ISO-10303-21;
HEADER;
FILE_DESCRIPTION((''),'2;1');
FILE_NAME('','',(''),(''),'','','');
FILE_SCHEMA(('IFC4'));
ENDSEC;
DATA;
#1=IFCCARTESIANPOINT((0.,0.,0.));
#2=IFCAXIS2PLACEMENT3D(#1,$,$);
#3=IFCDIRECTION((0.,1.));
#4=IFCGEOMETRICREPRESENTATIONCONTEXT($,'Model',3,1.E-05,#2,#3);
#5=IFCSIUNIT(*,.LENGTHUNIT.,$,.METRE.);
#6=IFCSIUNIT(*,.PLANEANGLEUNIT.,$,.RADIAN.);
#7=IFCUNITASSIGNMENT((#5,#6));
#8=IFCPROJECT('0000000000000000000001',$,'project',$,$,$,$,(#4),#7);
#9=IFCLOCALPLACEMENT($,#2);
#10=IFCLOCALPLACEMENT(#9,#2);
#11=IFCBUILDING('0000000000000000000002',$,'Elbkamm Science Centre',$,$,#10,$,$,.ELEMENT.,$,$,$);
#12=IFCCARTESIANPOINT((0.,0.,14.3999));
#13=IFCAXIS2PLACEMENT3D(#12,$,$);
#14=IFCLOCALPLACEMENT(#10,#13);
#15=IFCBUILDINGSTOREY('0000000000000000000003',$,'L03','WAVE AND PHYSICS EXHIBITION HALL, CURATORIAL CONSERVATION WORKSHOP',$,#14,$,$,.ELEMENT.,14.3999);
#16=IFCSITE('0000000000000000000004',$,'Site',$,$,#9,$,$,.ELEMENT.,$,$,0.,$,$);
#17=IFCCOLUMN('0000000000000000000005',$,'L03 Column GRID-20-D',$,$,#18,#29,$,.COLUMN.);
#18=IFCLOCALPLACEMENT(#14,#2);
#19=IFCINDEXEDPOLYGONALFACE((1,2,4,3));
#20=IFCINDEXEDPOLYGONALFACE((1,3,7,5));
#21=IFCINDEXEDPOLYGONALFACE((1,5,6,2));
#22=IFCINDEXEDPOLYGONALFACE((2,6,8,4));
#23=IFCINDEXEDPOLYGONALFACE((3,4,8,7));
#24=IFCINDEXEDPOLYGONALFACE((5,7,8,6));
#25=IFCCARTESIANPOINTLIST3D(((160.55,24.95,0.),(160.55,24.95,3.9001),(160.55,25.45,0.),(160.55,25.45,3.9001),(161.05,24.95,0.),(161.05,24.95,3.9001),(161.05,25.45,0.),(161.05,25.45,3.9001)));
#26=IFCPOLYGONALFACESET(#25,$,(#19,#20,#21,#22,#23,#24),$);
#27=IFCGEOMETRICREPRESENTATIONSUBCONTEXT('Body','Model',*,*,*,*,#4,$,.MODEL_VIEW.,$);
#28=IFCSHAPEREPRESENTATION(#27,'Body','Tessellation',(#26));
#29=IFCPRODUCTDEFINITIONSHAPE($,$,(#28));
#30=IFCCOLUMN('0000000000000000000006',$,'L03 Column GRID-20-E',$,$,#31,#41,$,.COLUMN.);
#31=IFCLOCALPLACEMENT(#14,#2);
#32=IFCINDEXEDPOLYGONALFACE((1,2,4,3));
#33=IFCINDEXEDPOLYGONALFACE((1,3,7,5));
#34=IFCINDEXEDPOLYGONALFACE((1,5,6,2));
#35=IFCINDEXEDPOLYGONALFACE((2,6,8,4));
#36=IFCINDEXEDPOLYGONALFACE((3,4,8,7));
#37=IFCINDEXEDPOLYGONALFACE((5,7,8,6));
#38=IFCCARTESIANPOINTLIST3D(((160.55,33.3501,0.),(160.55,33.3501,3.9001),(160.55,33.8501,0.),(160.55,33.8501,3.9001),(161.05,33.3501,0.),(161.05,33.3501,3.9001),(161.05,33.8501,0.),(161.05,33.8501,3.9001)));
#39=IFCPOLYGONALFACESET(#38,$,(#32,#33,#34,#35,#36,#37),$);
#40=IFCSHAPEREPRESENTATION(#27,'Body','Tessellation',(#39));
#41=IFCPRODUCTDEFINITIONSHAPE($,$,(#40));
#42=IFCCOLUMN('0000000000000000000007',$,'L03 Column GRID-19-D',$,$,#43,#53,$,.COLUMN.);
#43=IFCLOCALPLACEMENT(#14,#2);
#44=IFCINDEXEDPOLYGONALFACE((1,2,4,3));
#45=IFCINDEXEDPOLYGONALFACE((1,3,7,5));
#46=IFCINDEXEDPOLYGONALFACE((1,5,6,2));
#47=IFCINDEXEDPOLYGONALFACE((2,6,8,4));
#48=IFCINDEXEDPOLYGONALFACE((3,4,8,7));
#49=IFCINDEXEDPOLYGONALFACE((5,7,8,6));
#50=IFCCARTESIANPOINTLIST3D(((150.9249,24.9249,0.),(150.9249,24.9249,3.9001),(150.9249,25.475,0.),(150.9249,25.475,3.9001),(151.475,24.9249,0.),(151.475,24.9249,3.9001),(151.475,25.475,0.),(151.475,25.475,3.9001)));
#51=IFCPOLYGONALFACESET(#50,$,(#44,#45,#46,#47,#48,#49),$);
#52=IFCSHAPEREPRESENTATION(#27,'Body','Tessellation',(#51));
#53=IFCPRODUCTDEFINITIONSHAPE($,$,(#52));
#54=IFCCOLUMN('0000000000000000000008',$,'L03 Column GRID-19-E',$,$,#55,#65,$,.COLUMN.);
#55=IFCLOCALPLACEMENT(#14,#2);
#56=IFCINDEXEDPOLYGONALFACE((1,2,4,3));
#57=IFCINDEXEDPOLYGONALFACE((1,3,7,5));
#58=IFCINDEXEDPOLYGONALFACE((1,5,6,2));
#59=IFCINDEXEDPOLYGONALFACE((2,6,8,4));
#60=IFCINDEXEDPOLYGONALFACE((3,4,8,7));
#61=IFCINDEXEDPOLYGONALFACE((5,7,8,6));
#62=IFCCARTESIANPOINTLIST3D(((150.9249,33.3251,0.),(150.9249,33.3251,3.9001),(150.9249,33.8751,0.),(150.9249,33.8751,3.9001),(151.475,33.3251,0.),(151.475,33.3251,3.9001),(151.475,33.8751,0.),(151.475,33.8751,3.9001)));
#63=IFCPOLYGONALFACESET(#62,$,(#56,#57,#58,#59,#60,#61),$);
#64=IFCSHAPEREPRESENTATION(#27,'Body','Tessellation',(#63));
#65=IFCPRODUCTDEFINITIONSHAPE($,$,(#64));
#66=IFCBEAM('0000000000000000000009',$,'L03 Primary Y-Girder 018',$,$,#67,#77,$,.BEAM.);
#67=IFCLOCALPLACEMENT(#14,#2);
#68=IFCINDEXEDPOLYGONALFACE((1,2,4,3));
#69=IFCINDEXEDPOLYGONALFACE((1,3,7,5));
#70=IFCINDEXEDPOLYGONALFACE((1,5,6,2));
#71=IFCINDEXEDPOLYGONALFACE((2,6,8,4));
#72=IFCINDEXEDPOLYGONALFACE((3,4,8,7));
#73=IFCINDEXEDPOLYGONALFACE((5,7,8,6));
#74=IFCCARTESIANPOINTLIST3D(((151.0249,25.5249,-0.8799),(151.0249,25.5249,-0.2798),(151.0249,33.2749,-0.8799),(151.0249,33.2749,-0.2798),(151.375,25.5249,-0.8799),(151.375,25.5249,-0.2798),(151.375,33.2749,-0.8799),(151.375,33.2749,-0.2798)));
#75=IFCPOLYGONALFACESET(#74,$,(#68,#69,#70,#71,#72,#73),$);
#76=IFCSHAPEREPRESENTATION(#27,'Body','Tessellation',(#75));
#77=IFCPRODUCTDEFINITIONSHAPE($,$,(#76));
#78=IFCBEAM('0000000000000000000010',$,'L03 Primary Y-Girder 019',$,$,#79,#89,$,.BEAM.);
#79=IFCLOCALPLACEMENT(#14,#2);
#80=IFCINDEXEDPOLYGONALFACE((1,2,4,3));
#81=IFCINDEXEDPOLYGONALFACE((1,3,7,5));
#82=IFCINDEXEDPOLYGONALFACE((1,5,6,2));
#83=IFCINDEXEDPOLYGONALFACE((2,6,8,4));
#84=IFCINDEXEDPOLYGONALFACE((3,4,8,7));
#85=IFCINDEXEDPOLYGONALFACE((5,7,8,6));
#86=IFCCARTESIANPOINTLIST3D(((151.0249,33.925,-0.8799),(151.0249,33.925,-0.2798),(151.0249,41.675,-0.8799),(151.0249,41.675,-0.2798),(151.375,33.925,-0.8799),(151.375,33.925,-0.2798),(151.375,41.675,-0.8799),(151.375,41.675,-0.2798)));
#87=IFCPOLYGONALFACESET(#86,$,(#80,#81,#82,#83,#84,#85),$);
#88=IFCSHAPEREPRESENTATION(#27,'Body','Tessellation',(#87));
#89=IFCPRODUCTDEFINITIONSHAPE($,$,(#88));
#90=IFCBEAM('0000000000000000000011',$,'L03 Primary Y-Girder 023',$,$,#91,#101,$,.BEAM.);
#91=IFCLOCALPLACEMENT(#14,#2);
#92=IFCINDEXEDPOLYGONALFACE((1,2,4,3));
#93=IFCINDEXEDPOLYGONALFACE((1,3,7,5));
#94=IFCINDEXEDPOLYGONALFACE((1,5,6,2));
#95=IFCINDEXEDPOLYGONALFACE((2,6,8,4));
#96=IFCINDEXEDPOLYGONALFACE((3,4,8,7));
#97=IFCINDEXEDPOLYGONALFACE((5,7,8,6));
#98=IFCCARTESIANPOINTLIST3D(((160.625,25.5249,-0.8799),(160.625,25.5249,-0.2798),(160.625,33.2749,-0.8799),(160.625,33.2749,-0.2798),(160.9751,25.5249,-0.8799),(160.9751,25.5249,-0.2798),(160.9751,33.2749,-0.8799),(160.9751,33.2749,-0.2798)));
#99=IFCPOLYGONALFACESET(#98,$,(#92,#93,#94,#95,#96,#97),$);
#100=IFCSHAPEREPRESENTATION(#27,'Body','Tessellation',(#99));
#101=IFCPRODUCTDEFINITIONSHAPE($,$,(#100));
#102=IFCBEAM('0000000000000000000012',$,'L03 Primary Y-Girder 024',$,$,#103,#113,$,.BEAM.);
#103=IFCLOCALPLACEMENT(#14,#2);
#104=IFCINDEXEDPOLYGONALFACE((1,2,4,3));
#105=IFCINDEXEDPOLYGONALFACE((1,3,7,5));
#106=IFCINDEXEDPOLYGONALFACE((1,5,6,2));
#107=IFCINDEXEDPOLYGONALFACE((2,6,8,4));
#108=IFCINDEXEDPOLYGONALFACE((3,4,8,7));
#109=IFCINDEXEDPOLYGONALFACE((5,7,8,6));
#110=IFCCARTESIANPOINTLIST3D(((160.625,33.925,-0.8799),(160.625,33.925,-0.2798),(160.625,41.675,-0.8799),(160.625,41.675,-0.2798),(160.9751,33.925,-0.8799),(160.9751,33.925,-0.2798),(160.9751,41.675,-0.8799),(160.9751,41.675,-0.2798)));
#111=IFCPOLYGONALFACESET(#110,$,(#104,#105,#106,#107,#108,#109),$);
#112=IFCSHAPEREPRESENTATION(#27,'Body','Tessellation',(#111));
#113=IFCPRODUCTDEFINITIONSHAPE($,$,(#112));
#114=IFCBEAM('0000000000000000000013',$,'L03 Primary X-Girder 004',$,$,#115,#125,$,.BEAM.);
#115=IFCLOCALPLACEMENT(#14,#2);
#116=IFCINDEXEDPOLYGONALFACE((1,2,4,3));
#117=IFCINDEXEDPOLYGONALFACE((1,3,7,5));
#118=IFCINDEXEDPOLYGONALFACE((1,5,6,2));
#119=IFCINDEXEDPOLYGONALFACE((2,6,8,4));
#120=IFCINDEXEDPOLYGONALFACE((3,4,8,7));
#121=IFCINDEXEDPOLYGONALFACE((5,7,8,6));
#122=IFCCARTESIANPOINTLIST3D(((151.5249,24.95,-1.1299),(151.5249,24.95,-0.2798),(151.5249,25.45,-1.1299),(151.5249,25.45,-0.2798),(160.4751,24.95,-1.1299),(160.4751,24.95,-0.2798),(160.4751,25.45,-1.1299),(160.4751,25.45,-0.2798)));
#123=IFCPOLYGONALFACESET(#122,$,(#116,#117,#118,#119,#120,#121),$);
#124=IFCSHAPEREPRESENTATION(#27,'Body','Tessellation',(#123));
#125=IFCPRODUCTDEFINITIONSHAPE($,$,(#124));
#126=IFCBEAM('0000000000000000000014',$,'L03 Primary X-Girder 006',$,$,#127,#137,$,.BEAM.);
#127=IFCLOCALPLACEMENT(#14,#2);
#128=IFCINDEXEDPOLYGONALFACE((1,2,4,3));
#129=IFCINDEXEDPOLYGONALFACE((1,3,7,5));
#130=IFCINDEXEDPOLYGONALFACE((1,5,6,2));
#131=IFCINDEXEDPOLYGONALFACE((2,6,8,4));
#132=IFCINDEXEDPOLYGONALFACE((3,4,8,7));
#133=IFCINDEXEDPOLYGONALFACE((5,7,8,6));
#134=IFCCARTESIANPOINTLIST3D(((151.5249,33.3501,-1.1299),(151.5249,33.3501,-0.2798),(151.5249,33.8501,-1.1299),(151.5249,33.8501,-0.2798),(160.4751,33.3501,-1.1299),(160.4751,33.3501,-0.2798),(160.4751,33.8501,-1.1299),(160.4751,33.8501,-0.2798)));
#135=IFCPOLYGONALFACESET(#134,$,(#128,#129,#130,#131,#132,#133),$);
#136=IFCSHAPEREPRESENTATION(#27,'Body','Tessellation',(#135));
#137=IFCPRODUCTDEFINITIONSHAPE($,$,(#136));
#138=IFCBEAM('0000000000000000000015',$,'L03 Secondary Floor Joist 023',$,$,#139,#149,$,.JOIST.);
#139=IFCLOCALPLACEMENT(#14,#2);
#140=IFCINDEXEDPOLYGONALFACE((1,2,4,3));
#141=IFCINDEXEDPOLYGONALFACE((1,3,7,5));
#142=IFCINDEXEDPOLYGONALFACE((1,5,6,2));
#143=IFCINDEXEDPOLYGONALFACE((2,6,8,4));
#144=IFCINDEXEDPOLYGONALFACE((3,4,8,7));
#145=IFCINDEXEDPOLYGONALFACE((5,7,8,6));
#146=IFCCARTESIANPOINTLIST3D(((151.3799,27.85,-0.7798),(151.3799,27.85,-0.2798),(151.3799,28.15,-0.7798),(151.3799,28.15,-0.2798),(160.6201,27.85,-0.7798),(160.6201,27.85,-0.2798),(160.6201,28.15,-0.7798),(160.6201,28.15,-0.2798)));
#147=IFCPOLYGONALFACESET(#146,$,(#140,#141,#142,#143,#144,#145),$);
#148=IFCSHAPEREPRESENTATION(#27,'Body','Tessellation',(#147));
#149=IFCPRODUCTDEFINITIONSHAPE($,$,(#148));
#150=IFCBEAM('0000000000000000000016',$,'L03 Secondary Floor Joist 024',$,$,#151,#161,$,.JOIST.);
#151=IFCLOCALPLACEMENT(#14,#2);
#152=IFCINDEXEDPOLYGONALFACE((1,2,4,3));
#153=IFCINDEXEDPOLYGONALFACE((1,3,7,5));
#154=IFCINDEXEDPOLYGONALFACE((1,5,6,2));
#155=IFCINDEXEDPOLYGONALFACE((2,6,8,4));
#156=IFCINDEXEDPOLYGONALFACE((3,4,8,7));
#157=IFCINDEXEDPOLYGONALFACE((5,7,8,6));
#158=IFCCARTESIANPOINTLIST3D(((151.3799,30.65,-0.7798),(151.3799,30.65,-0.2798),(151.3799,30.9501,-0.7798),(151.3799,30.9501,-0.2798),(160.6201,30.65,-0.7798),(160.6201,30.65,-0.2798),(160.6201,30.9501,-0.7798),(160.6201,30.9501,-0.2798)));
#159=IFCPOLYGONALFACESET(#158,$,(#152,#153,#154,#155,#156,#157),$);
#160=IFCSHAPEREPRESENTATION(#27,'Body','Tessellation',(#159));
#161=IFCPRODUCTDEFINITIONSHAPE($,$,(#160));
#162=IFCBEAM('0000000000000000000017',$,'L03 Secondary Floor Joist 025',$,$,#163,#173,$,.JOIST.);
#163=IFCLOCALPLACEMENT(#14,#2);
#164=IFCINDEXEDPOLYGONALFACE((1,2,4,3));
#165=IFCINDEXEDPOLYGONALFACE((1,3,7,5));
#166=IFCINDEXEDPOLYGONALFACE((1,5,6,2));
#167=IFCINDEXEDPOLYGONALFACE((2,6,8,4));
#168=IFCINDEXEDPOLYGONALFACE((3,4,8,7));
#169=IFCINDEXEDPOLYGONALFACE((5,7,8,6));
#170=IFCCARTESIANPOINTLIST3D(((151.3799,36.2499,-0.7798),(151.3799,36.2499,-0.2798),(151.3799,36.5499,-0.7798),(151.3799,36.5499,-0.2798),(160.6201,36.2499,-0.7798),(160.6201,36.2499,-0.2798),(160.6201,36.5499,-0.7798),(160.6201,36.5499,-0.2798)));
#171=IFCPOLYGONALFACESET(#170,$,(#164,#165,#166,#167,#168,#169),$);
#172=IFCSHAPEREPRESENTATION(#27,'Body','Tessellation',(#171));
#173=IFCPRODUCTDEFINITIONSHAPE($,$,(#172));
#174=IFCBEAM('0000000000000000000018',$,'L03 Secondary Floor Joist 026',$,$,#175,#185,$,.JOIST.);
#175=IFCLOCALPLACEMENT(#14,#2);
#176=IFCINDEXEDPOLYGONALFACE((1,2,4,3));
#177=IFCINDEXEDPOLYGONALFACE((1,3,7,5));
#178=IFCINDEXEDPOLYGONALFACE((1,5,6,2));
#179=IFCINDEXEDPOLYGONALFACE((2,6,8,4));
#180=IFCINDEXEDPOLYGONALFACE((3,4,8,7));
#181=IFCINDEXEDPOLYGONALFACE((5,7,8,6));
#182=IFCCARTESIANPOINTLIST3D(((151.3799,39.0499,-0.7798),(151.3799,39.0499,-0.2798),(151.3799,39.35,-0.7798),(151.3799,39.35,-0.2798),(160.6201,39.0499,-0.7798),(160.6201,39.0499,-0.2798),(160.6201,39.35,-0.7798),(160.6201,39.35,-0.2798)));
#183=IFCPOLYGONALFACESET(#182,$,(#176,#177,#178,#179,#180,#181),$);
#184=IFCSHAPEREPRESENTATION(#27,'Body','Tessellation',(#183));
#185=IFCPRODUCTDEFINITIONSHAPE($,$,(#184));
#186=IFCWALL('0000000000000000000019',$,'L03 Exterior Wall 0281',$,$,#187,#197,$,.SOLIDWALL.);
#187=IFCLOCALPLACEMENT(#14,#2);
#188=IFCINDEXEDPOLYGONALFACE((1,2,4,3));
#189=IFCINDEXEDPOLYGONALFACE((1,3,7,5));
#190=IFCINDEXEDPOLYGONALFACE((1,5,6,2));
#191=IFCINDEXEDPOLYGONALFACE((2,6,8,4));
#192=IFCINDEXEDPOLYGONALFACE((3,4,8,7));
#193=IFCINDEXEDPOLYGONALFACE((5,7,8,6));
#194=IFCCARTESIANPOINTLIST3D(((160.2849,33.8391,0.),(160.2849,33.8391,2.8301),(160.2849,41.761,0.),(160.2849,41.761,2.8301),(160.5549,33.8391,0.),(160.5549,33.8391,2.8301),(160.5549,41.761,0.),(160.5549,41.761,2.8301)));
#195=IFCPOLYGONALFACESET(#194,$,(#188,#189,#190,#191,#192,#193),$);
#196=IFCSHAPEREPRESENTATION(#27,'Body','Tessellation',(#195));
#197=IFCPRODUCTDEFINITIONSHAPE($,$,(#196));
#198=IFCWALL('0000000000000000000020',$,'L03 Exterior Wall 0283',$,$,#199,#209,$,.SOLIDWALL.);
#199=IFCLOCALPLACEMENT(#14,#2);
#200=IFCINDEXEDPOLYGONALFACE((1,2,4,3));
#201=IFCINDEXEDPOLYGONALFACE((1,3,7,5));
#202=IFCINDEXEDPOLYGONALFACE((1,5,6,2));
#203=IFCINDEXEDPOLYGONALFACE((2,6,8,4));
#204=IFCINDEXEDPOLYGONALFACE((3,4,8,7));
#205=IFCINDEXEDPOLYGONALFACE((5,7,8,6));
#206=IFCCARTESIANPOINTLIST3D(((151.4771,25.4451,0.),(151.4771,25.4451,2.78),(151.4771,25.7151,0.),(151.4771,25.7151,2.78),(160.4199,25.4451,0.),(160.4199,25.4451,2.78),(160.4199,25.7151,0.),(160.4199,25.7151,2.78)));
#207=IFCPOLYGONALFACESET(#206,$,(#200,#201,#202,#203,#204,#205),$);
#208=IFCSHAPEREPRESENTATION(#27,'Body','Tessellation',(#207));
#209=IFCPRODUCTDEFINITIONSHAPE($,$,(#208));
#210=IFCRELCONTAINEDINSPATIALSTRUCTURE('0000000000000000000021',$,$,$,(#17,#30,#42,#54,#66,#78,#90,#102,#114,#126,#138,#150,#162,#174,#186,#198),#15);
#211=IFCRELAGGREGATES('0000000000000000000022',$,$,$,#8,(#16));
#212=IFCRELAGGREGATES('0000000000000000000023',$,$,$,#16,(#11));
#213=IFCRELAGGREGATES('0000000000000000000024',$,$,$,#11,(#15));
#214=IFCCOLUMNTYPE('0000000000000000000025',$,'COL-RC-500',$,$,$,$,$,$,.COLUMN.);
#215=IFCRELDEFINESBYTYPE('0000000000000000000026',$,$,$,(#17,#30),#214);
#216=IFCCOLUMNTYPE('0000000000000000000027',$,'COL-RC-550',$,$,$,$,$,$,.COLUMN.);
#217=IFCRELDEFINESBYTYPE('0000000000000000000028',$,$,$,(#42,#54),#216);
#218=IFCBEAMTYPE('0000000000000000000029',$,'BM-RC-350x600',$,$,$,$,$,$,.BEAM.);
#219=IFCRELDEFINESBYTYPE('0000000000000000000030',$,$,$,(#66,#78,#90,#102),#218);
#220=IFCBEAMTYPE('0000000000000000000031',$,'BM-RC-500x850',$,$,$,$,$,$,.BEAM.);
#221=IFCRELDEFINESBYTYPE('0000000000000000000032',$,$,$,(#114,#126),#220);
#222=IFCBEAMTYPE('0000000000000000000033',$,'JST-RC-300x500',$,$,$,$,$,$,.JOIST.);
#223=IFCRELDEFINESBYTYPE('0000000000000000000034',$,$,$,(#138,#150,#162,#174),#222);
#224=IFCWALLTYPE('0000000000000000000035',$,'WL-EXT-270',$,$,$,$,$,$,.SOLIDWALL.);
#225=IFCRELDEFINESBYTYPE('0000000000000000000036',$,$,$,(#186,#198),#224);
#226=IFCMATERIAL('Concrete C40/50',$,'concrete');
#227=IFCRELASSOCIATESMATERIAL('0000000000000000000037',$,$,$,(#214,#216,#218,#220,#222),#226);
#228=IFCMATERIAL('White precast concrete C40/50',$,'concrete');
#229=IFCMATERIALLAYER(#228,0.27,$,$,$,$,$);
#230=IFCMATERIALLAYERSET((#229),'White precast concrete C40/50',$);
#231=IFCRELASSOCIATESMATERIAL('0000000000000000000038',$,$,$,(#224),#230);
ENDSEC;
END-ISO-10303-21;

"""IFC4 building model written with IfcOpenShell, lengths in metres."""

from ifc_helpers import new_model, si_unit, direction, frame, frame_2d, origin, origin_2d, place, context, subcontext, project, spatial, rectangle, extrude, material, layer, layer_set, material_profile, profile_set, type_object, element, save


model = new_model("IFC4")

# Units and contexts
model_context = context("Model", 3, precision=1e-05, world=origin(), true_north=direction((0.0, 1.0)))
body_context = subcontext(model_context, "Body", "Model", "MODEL_VIEW")
ifc_project = project(units=[si_unit("LENGTHUNIT", "METRE"), si_unit("PLANEANGLEUNIT", "RADIAN")], contexts=[model_context])

# Site, building, storey
site_placement = place(None, origin())
site = spatial("IfcSite", under=ifc_project, at=site_placement, Name="Site", CompositionType="ELEMENT", RefElevation=0.0)
building_placement = place(site_placement, origin())
building = spatial("IfcBuilding", under=site, at=building_placement, Name="Elbkamm Science Centre", CompositionType="ELEMENT")
storey_placement = place(building_placement, frame((0.0, 0.0, 14.3999)))
storey = spatial("IfcBuildingStorey", under=building, at=storey_placement, Name="L03", Description="WAVE AND PHYSICS EXHIBITION HALL, CURATORIAL CONSERVATION WORKSHOP", CompositionType="ELEMENT", Elevation=14.3999)

# Columns
ifc_material_1 = material(Name="Concrete C40/50", Category="concrete")
ifc_material_profile_1 = material_profile(ifc_material_1, rectangle(XDim=0.5, YDim=0.5, at=origin_2d()), Name="RC 500x500")
ifc_profile_set_1 = profile_set([ifc_material_profile_1], Name="Concrete C40/50")
column_type_1 = type_object("IfcColumnType", Name="COL-RC-500", PredefinedType="COLUMN", material=ifc_profile_set_1)
for number, where, z_axis, x_axis, name in (
    (1, (160.8, 25.2, 0.0), (0.0, 0.0, 1.0), (1.0, 0.0, 0.0), "L03 Column GRID-20-D"),
    (2, (160.8, 33.6001, 0.0), (0.0, 0.0, 1.0), (1.0, 0.0, 0.0), "L03 Column GRID-20-E"),
):
    element("IfcColumn", number, at=place(storey_placement, frame(where, z_axis=z_axis, x_axis=x_axis)), inside=storey, type_object=column_type_1, Name=name, PredefinedType="COLUMN", context=body_context, shape_type="SweptSolid", body=[
        extrude(rectangle(XDim=0.5, YDim=0.5, at=origin_2d()), origin(), (0.0, 0.0, 1.0), 3.9001),
    ])
ifc_material_profile_2 = material_profile(ifc_material_1, rectangle(XDim=0.55, YDim=0.55, at=origin_2d()), Name="RC 550x550")
ifc_profile_set_2 = profile_set([ifc_material_profile_2], Name="Concrete C40/50")
column_type_2 = type_object("IfcColumnType", Name="COL-RC-550", PredefinedType="COLUMN", material=ifc_profile_set_2)
for number, where, z_axis, x_axis, name in (
    (3, (151.2, 25.2, 0.0), (0.0, 0.0, 1.0), (1.0, 0.0, 0.0), "L03 Column GRID-19-D"),
    (4, (151.2, 33.6001, 0.0), (0.0, 0.0, 1.0), (1.0, 0.0, 0.0), "L03 Column GRID-19-E"),
):
    element("IfcColumn", number, at=place(storey_placement, frame(where, z_axis=z_axis, x_axis=x_axis)), inside=storey, type_object=column_type_2, Name=name, PredefinedType="COLUMN", context=body_context, shape_type="SweptSolid", body=[
        extrude(rectangle(XDim=0.55, YDim=0.55, at=origin_2d()), origin(), (0.0, 0.0, 1.0), 3.9001),
    ])

# Beams
ifc_material_profile_3 = material_profile(ifc_material_1, rectangle(XDim=0.3501, YDim=0.6001, at=origin_2d()), Name="RC 350x600")
ifc_profile_set_3 = profile_set([ifc_material_profile_3], Name="Concrete C40/50")
beam_type_1 = type_object("IfcBeamType", Name="BM-RC-350x600", PredefinedType="BEAM", material=ifc_profile_set_3)
for number, where, z_axis, x_axis, name in (
    (5, (151.2, 25.5249, -0.5798), (0.0, 1.0, 0.0), (-1.0, 0.0, 0.0), "L03 Primary Y-Girder 018"),
    (6, (151.2, 33.925, -0.5798), (0.0, 1.0, 0.0), (-1.0, 0.0, 0.0), "L03 Primary Y-Girder 019"),
    (7, (160.8, 25.5249, -0.5798), (0.0, 1.0, 0.0), (-1.0, 0.0, 0.0), "L03 Primary Y-Girder 023"),
    (8, (160.8, 33.925, -0.5798), (0.0, 1.0, 0.0), (-1.0, 0.0, 0.0), "L03 Primary Y-Girder 024"),
):
    element("IfcBeam", number, at=place(storey_placement, frame(where, z_axis=z_axis, x_axis=x_axis)), inside=storey, type_object=beam_type_1, Name=name, PredefinedType="BEAM", context=body_context, shape_type="SweptSolid", body=[
        extrude(rectangle(XDim=0.3501, YDim=0.6001, at=origin_2d()), origin(), (0.0, 0.0, 1.0), 7.75),
    ])
ifc_material_profile_4 = material_profile(ifc_material_1, rectangle(XDim=0.5, YDim=0.8501, at=origin_2d()), Name="RC 500x850")
ifc_profile_set_4 = profile_set([ifc_material_profile_4], Name="Concrete C40/50")
beam_type_2 = type_object("IfcBeamType", Name="BM-RC-500x850", PredefinedType="BEAM", material=ifc_profile_set_4)
for number, where, z_axis, x_axis, name in (
    (9, (151.5249, 25.2, -0.7048), (1.0, 0.0, 0.0), (0.0, 1.0, 0.0), "L03 Primary X-Girder 004"),
    (10, (151.5249, 33.6001, -0.7048), (1.0, 0.0, 0.0), (0.0, 1.0, 0.0), "L03 Primary X-Girder 006"),
):
    element("IfcBeam", number, at=place(storey_placement, frame(where, z_axis=z_axis, x_axis=x_axis)), inside=storey, type_object=beam_type_2, Name=name, PredefinedType="BEAM", context=body_context, shape_type="SweptSolid", body=[
        extrude(rectangle(XDim=0.5, YDim=0.8501, at=origin_2d()), origin(), (0.0, 0.0, 1.0), 8.9502),
    ])
ifc_material_profile_5 = material_profile(ifc_material_1, rectangle(XDim=0.3, YDim=0.5, at=origin_2d()), Name="RC 300x500")
ifc_profile_set_5 = profile_set([ifc_material_profile_5], Name="Concrete C40/50")
beam_type_3 = type_object("IfcBeamType", Name="JST-RC-300x500", PredefinedType="JOIST", material=ifc_profile_set_5)
for number, where, z_axis, x_axis, name in (
    (11, (151.3799, 28.0, -0.5298), (1.0, 0.0, 0.0), (0.0, 1.0, 0.0), "L03 Secondary Floor Joist 023"),
    (12, (151.3799, 30.8, -0.5298), (1.0, 0.0, 0.0), (0.0, 1.0, 0.0), "L03 Secondary Floor Joist 024"),
    (13, (151.3799, 36.3999, -0.5298), (1.0, 0.0, 0.0), (0.0, 1.0, 0.0), "L03 Secondary Floor Joist 025"),
    (14, (151.3799, 39.2, -0.5298), (1.0, 0.0, 0.0), (0.0, 1.0, 0.0), "L03 Secondary Floor Joist 026"),
):
    element("IfcBeam", number, at=place(storey_placement, frame(where, z_axis=z_axis, x_axis=x_axis)), inside=storey, type_object=beam_type_3, Name=name, PredefinedType="JOIST", context=body_context, shape_type="SweptSolid", body=[
        extrude(rectangle(XDim=0.3, YDim=0.5, at=origin_2d()), origin(), (0.0, 0.0, 1.0), 9.2402),
    ])

# Walls
ifc_material_2 = material(Name="White precast concrete C40/50", Category="concrete")
ifc_layer_1 = layer(ifc_material_2, 0.27)
ifc_layer_set_1 = layer_set([ifc_layer_1], Name="White precast concrete C40/50")
wall_type_1 = type_object("IfcWallType", Name="WL-EXT-270", PredefinedType="SOLIDWALL", material=ifc_layer_set_1)
wall_1_placement = place(storey_placement, frame((160.4199, 41.761, 0.0), z_axis=(0.0, 0.0, 1.0), x_axis=(0.0, -1.0, 0.0)))
element("IfcWall", 15, at=wall_1_placement, inside=storey, type_object=wall_type_1, Name="L03 Exterior Wall 0281", PredefinedType="SOLIDWALL", context=body_context, shape_type="SweptSolid", body=[
    extrude(rectangle(XDim=7.9219, YDim=0.27, at=frame_2d((3.9609, 0.0))), origin(), (0.0, 0.0, 1.0), 2.8301),
])
wall_2_placement = place(storey_placement, frame((160.4199, 25.5801, 0.0), z_axis=(0.0, 0.0, 1.0), x_axis=(-1.0, 0.0, 0.0)))
element("IfcWall", 16, at=wall_2_placement, inside=storey, type_object=wall_type_1, Name="L03 Exterior Wall 0283", PredefinedType="SOLIDWALL", context=body_context, shape_type="SweptSolid", body=[
    extrude(rectangle(XDim=8.9429, YDim=0.27, at=frame_2d((4.4714, 0.0))), origin(), (0.0, 0.0, 1.0), 2.78),
])

save(model, "model.ifc")
